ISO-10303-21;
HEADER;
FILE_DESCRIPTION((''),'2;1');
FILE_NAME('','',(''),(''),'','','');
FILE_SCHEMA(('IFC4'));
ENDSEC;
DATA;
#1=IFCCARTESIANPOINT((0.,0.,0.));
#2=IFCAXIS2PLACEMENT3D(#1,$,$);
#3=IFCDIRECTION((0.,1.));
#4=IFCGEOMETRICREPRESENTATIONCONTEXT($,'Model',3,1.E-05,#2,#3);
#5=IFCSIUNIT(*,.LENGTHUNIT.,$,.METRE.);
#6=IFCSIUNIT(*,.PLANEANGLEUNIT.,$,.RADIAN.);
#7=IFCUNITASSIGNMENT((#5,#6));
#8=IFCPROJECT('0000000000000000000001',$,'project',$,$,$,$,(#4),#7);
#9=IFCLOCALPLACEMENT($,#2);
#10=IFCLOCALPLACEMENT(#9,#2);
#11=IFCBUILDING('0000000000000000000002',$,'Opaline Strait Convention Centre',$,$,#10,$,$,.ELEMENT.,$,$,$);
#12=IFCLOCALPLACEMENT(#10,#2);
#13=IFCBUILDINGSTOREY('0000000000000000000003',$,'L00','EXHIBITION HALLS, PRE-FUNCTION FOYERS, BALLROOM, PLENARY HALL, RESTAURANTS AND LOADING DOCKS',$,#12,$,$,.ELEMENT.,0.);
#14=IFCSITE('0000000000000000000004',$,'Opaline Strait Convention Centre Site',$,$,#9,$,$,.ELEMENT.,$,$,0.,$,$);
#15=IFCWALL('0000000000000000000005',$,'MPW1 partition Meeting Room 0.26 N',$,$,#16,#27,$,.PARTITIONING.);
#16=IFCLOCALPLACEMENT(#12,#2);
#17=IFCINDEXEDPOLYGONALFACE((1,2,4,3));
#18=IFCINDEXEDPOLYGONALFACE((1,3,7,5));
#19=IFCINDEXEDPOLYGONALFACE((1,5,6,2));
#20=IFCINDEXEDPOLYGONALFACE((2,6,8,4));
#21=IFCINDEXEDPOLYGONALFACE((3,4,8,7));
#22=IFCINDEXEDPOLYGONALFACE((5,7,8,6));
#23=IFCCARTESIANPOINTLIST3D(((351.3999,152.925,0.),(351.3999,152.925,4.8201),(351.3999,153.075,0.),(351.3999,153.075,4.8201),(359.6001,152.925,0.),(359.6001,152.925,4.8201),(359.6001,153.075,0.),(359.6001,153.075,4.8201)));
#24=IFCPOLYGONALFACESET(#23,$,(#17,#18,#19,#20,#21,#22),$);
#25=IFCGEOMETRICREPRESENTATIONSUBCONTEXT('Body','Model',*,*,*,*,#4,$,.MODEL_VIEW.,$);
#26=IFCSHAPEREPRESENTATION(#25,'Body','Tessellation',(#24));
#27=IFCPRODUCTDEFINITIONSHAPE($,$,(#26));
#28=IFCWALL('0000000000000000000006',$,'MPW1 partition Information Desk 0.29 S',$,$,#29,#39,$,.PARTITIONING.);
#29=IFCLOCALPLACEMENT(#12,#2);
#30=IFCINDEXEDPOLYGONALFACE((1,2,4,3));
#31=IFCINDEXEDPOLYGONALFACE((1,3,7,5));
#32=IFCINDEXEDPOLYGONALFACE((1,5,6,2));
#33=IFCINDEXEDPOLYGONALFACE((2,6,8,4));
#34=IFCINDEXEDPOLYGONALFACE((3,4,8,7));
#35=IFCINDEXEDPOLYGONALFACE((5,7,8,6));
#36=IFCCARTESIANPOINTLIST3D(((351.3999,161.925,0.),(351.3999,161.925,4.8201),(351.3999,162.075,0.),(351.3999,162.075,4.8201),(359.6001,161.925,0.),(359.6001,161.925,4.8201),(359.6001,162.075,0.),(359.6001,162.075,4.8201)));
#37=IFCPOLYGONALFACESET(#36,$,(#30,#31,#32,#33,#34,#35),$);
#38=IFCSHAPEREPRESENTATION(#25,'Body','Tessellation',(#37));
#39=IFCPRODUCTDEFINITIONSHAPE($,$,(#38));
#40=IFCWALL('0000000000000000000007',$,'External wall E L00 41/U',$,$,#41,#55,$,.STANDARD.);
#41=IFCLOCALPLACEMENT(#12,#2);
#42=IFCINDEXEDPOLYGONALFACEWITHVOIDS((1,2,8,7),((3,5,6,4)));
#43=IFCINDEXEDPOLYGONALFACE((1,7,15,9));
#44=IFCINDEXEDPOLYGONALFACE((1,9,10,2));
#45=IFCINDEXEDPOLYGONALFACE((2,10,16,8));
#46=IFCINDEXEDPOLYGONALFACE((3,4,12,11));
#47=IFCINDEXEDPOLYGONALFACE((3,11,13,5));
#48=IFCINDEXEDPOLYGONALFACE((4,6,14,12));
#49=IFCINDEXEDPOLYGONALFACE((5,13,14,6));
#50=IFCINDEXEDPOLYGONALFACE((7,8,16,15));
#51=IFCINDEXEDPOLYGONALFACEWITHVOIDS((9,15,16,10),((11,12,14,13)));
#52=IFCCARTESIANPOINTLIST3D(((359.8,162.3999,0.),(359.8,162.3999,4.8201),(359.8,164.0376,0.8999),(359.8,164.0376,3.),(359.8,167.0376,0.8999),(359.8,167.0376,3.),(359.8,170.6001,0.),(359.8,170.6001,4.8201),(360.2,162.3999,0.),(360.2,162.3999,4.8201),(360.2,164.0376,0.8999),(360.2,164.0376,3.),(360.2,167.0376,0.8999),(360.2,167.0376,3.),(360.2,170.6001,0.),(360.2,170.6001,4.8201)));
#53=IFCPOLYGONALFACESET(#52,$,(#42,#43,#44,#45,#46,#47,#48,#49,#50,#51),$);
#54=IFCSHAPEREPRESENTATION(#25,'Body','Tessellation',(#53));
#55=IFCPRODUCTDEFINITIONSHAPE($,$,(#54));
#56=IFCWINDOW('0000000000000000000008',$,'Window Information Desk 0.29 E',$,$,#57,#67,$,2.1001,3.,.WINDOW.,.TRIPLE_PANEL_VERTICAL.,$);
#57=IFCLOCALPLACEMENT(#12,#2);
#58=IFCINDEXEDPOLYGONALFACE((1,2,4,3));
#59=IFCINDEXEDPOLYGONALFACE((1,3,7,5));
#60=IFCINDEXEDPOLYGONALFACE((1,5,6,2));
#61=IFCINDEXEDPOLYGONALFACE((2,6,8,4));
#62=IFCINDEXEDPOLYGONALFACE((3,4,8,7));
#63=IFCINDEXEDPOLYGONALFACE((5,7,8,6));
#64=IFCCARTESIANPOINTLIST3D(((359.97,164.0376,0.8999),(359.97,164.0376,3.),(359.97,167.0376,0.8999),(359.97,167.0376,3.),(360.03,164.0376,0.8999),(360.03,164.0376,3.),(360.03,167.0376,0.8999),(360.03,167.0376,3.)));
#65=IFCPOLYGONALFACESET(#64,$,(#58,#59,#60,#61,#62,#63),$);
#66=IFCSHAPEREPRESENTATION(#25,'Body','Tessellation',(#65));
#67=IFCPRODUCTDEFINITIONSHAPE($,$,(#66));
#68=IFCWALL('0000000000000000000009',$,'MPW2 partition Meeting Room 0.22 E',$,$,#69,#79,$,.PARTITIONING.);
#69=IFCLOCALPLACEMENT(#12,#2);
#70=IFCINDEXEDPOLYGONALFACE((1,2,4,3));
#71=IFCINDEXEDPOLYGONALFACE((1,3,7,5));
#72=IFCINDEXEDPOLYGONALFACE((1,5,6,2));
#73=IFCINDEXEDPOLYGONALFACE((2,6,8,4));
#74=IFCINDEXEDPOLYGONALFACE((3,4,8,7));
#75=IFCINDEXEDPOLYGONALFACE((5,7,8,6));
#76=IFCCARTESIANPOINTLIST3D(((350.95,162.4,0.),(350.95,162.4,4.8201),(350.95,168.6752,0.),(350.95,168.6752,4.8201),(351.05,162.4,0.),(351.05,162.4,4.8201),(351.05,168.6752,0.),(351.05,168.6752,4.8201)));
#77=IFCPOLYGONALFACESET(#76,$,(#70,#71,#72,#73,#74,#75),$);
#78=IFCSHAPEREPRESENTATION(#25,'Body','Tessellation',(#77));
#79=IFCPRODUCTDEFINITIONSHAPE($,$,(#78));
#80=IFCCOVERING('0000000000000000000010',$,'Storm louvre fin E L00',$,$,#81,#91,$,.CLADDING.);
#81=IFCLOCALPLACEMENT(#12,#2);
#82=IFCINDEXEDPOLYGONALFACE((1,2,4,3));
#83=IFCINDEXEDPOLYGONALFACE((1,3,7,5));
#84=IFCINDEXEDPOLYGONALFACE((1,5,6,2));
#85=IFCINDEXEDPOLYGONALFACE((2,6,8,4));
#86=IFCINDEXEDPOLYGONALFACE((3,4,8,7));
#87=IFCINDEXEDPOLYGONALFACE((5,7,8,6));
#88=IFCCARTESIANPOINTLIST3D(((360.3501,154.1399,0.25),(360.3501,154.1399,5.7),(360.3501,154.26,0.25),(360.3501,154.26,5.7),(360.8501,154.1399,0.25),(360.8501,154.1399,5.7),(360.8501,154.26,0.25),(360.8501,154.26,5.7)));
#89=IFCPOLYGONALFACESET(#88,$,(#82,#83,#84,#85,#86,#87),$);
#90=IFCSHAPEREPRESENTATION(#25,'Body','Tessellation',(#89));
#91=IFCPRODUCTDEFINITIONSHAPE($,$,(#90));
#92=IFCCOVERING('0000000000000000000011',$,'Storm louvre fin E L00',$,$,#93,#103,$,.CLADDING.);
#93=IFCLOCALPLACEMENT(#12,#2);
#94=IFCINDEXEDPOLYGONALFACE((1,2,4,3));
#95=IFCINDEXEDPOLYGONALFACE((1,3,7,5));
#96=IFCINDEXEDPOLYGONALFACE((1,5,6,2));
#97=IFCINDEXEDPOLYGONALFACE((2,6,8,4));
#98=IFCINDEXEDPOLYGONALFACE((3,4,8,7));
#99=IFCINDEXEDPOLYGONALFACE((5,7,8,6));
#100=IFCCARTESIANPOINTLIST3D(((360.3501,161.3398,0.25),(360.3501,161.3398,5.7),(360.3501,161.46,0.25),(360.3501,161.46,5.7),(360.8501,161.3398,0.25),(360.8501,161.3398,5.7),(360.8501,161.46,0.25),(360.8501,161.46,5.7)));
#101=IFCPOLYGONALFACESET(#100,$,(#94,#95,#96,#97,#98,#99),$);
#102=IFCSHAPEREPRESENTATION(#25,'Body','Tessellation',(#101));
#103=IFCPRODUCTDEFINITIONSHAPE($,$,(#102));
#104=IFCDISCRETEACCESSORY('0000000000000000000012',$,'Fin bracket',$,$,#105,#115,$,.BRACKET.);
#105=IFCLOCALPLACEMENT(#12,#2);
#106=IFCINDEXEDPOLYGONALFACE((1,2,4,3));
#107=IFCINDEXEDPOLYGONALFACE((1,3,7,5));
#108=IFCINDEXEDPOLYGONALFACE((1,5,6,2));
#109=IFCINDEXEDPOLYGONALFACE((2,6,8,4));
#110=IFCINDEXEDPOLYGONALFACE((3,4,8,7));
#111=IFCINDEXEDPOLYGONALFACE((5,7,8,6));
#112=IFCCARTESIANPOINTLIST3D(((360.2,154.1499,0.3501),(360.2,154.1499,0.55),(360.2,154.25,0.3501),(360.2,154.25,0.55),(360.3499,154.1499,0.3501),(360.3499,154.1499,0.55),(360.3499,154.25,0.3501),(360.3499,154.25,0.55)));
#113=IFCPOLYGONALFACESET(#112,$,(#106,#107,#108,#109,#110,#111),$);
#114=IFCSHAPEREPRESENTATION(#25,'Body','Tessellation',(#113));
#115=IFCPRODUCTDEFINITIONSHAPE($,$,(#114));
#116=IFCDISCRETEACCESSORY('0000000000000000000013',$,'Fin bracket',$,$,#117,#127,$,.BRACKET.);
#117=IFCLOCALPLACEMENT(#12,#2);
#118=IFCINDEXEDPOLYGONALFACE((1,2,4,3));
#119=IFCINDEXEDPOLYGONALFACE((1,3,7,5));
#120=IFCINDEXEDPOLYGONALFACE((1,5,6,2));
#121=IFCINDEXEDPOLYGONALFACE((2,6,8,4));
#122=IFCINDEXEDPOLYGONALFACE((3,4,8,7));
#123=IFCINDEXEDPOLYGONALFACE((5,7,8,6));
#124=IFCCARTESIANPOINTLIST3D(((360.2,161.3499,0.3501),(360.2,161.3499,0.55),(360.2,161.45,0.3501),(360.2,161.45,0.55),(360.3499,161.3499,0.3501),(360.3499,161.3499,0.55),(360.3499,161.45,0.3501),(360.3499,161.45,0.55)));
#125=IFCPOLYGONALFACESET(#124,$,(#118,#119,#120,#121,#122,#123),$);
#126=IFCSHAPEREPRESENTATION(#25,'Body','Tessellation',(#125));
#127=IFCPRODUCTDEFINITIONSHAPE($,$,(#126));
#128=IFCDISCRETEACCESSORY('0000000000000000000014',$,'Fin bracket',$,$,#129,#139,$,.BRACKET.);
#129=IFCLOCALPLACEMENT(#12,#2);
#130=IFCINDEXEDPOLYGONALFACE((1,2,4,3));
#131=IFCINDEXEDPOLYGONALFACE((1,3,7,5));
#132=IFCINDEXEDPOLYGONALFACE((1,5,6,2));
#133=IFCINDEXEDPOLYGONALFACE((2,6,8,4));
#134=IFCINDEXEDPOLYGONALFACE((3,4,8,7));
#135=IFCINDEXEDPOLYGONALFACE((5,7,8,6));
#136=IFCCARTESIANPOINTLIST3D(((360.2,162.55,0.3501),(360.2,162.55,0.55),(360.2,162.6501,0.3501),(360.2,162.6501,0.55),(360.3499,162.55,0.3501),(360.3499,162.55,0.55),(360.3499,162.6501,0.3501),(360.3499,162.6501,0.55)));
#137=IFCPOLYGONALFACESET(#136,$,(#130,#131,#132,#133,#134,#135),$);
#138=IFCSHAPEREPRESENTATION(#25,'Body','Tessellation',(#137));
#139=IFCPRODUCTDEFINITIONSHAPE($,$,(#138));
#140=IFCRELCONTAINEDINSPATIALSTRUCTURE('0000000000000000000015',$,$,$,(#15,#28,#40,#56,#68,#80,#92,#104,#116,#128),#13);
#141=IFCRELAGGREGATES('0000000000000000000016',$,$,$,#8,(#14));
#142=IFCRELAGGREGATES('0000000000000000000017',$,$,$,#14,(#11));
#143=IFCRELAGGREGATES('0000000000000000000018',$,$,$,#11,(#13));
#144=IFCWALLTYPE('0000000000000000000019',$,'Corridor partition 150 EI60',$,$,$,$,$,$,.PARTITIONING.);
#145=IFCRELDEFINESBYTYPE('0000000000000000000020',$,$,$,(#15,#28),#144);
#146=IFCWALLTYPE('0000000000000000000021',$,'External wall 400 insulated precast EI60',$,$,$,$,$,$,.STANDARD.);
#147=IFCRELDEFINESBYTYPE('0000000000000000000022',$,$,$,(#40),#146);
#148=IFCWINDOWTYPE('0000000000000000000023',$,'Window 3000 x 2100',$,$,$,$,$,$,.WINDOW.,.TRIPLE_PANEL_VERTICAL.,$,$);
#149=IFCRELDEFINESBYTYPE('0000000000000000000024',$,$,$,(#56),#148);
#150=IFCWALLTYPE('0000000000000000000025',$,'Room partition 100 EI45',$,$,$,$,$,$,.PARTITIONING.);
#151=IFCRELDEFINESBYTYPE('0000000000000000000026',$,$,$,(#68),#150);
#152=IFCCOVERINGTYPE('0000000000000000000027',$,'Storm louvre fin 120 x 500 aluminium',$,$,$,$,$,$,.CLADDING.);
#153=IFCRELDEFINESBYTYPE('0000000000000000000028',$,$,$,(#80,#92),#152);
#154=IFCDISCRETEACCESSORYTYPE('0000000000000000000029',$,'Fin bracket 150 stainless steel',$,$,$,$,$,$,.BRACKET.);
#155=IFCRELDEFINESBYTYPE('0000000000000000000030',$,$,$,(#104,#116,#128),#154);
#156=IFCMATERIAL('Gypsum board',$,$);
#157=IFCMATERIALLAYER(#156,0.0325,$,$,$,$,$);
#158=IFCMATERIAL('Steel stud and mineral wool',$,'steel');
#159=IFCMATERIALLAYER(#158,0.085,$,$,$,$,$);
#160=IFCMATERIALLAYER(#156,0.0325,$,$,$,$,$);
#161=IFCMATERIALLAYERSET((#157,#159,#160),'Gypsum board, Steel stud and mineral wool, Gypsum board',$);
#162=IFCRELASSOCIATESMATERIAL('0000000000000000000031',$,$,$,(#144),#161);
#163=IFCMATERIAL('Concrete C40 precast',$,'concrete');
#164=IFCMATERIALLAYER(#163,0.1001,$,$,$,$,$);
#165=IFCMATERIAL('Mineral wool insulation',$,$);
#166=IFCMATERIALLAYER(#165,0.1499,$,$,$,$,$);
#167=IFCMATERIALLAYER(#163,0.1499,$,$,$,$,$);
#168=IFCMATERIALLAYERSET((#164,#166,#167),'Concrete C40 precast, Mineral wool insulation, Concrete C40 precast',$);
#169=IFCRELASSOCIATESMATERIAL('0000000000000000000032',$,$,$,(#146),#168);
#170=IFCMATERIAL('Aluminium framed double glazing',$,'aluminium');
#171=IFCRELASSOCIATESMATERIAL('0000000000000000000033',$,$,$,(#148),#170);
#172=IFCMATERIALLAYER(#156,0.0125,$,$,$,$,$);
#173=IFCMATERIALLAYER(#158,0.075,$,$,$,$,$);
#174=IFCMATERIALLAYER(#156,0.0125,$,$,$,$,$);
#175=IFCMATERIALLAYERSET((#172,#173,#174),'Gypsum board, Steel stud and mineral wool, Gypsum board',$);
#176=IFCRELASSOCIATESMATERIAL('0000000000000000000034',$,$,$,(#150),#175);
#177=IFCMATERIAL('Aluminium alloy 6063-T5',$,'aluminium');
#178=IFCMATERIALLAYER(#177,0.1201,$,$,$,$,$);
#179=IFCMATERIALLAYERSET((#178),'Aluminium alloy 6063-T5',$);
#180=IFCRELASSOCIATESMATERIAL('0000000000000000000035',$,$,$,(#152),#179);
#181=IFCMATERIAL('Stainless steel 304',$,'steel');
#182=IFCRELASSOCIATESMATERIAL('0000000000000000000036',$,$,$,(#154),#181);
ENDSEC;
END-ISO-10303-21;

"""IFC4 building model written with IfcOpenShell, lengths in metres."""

from ifc_helpers import new_model, si_unit, direction, frame, frame_2d, origin, origin_2d, place, context, subcontext, project, spatial, rectangle, extrude, material, layer, layer_set, type_object, element, fill, save


model = new_model("IFC4")

# Units and contexts
model_context = context("Model", 3, precision=1e-05, world=origin(), true_north=direction((0.0, 1.0)))
body_context = subcontext(model_context, "Body", "Model", "MODEL_VIEW")
ifc_project = project(units=[si_unit("LENGTHUNIT", "METRE"), si_unit("PLANEANGLEUNIT", "RADIAN")], contexts=[model_context])

# Site, building, storey
site_placement = place(None, origin())
site = spatial("IfcSite", under=ifc_project, at=site_placement, Name="Opaline Strait Convention Centre Site", CompositionType="ELEMENT", RefElevation=0.0)
building_placement = place(site_placement, origin())
building = spatial("IfcBuilding", under=site, at=building_placement, Name="Opaline Strait Convention Centre", CompositionType="ELEMENT")
storey_placement = place(building_placement, origin())
storey = spatial("IfcBuildingStorey", under=building, at=storey_placement, Name="L00", Description="EXHIBITION HALLS, PRE-FUNCTION FOYERS, BALLROOM, PLENARY HALL, RESTAURANTS AND LOADING DOCKS", CompositionType="ELEMENT", Elevation=0.0)

# Walls
ifc_material_1 = material(Name="Gypsum board")
ifc_layer_1 = layer(ifc_material_1, 0.0325)
ifc_material_2 = material(Name="Steel stud and mineral wool", Category="steel")
ifc_layer_2 = layer(ifc_material_2, 0.085)
ifc_layer_3 = layer(ifc_material_1, 0.0325)
ifc_layer_set_1 = layer_set([ifc_layer_1, ifc_layer_2, ifc_layer_3], Name="Gypsum board, Steel stud and mineral wool, Gypsum board")
wall_type_1 = type_object("IfcWallType", Name="Corridor partition 150 EI60", PredefinedType="PARTITIONING", material=ifc_layer_set_1)
for number, where, z_axis, x_axis, name in (
    (1, (351.3999, 153.0, 0.0), (0.0, 0.0, 1.0), (1.0, 0.0, 0.0), "MPW1 partition Meeting Room 0.26 N"),
    (2, (351.3999, 162.0, 0.0), (0.0, 0.0, 1.0), (1.0, 0.0, 0.0), "MPW1 partition Information Desk 0.29 S"),
):
    element("IfcWall", number, at=place(storey_placement, frame(where, z_axis=z_axis, x_axis=x_axis)), inside=storey, type_object=wall_type_1, Name=name, PredefinedType="PARTITIONING", context=body_context, shape_type="SweptSolid", body=[
        extrude(rectangle(XDim=8.2002, YDim=0.1499, at=frame_2d((4.1001, 0.0))), origin(), (0.0, 0.0, 1.0), 4.8201),
    ])

# Shared definitions
ifc_material_3 = material(Name="Concrete C40 precast", Category="concrete")
ifc_layer_4 = layer(ifc_material_3, 0.1001)
ifc_material_4 = material(Name="Mineral wool insulation")
ifc_layer_5 = layer(ifc_material_4, 0.1499)
ifc_layer_6 = layer(ifc_material_3, 0.1499)
ifc_layer_set_2 = layer_set([ifc_layer_4, ifc_layer_5, ifc_layer_6], Name="Concrete C40 precast, Mineral wool insulation, Concrete C40 precast")
wall_type_2 = type_object("IfcWallType", Name="External wall 400 insulated precast EI60", PredefinedType="STANDARD", material=ifc_layer_set_2)

# Wall, opening, window
wall_1_placement = place(storey_placement, frame((360.0, 162.3999, 0.0), z_axis=(0.0, 0.0, 1.0), x_axis=(0.0, 1.0, 0.0)))
wall_1 = element("IfcWall", 3, at=wall_1_placement, inside=storey, type_object=wall_type_2, Name="External wall E L00 41/U", PredefinedType="STANDARD", context=body_context, shape_type="SweptSolid", body=[
    extrude(rectangle(XDim=8.2002, YDim=0.3999, at=frame_2d((4.1001, 0.0))), origin(), (0.0, 0.0, 1.0), 4.8201),
])
opening_1_placement = place(wall_1_placement, frame((1.6377, 0.0, 0.8999)))
opening_1 = element("IfcOpeningElement", 4, at=opening_1_placement, cuts=wall_1, PredefinedType="OPENING", context=body_context, shape_type="SweptSolid", body=[
    extrude(rectangle(XDim=3.0, YDim=2.1001, at=frame_2d((1.5, 1.05))), frame((0.0, 0.21, 0.0), z_axis=(0.0, -1.0, 0.0), x_axis=(1.0, 0.0, 0.0)), (0.0, 0.0, 1.0), 0.4199),
])
ifc_material_5 = material(Name="Aluminium framed double glazing", Category="aluminium")
window_type = type_object("IfcWindowType", Name="Window 3000 x 2100", PartitioningType="TRIPLE_PANEL_VERTICAL", PredefinedType="WINDOW", material=ifc_material_5)
window_placement = place(opening_1_placement, origin())
window = element("IfcWindow", 5, at=window_placement, inside=storey, type_object=window_type, Name="Window Information Desk 0.29 E", OverallHeight=2.1001, OverallWidth=3.0, PartitioningType="TRIPLE_PANEL_VERTICAL", PredefinedType="WINDOW", context=body_context, shape_type="SweptSolid", body=[
    extrude(rectangle(XDim=3.0, YDim=2.1001, at=frame_2d((1.5, 1.05))), frame((0.0, 0.03, 0.0), z_axis=(0.0, -1.0, 0.0), x_axis=(1.0, 0.0, 0.0)), (0.0, 0.0, 1.0), 0.0601),
])
fill(opening_1, window)

# Wall
ifc_layer_7 = layer(ifc_material_1, 0.0125)
ifc_layer_8 = layer(ifc_material_2, 0.075)
ifc_layer_9 = layer(ifc_material_1, 0.0125)
ifc_layer_set_3 = layer_set([ifc_layer_7, ifc_layer_8, ifc_layer_9], Name="Gypsum board, Steel stud and mineral wool, Gypsum board")
wall_type_3 = type_object("IfcWallType", Name="Room partition 100 EI45", PredefinedType="PARTITIONING", material=ifc_layer_set_3)
wall_2_placement = place(storey_placement, frame((351.0, 162.3999, 0.0), z_axis=(0.0, 0.0, 1.0), x_axis=(0.0, 1.0, 0.0)))
element("IfcWall", 6, at=wall_2_placement, inside=storey, type_object=wall_type_3, Name="MPW2 partition Meeting Room 0.22 E", PredefinedType="PARTITIONING", context=body_context, shape_type="SweptSolid", body=[
    extrude(rectangle(XDim=6.2751, YDim=0.1001, at=frame_2d((3.1377, 0.0))), origin(), (0.0, 0.0, 1.0), 4.8201),
])

# Coverings
ifc_material_6 = material(Name="Aluminium alloy 6063-T5", Category="aluminium")
ifc_layer_10 = layer(ifc_material_6, 0.1201)
ifc_layer_set_4 = layer_set([ifc_layer_10], Name="Aluminium alloy 6063-T5")
covering_type = type_object("IfcCoveringType", Name="Storm louvre fin 120 x 500 aluminium", PredefinedType="CLADDING", material=ifc_layer_set_4)
for number, where, z_axis, x_axis, name in (
    (7, (360.6001, 154.2, 0.25), (0.0, 0.0, 1.0), (1.0, 0.0, 0.0), "Storm louvre fin E L00"),
    (8, (360.6001, 161.3999, 0.25), (0.0, 0.0, 1.0), (1.0, 0.0, 0.0), "Storm louvre fin E L00"),
):
    element("IfcCovering", number, at=place(storey_placement, frame(where, z_axis=z_axis, x_axis=x_axis)), inside=storey, type_object=covering_type, Name=name, PredefinedType="CLADDING", context=body_context, shape_type="SweptSolid", body=[
        extrude(rectangle(XDim=0.5, YDim=0.1201, at=origin_2d()), origin(), (0.0, 0.0, 1.0), 5.45),
    ])

# Discrete accessories
ifc_material_7 = material(Name="Stainless steel 304", Category="steel")
discrete_accessory_type = type_object("IfcDiscreteAccessoryType", Name="Fin bracket 150 stainless steel", PredefinedType="BRACKET", material=ifc_material_7)
for number, where, z_axis, x_axis, name in (
    (9, (360.2749, 154.2, 0.3501), (0.0, 0.0, 1.0), (1.0, 0.0, 0.0), "Fin bracket"),
    (10, (360.2749, 161.3999, 0.3501), (0.0, 0.0, 1.0), (1.0, 0.0, 0.0), "Fin bracket"),
    (11, (360.2749, 162.6001, 0.3501), (0.0, 0.0, 1.0), (1.0, 0.0, 0.0), "Fin bracket"),
):
    element("IfcDiscreteAccessory", number, at=place(storey_placement, frame(where, z_axis=z_axis, x_axis=x_axis)), inside=storey, type_object=discrete_accessory_type, Name=name, PredefinedType="BRACKET", context=body_context, shape_type="SweptSolid", body=[
        extrude(rectangle(XDim=0.1499, YDim=0.1001, at=origin_2d()), origin(), (0.0, 0.0, 1.0), 0.2),
    ])

save(model, "model.ifc")
